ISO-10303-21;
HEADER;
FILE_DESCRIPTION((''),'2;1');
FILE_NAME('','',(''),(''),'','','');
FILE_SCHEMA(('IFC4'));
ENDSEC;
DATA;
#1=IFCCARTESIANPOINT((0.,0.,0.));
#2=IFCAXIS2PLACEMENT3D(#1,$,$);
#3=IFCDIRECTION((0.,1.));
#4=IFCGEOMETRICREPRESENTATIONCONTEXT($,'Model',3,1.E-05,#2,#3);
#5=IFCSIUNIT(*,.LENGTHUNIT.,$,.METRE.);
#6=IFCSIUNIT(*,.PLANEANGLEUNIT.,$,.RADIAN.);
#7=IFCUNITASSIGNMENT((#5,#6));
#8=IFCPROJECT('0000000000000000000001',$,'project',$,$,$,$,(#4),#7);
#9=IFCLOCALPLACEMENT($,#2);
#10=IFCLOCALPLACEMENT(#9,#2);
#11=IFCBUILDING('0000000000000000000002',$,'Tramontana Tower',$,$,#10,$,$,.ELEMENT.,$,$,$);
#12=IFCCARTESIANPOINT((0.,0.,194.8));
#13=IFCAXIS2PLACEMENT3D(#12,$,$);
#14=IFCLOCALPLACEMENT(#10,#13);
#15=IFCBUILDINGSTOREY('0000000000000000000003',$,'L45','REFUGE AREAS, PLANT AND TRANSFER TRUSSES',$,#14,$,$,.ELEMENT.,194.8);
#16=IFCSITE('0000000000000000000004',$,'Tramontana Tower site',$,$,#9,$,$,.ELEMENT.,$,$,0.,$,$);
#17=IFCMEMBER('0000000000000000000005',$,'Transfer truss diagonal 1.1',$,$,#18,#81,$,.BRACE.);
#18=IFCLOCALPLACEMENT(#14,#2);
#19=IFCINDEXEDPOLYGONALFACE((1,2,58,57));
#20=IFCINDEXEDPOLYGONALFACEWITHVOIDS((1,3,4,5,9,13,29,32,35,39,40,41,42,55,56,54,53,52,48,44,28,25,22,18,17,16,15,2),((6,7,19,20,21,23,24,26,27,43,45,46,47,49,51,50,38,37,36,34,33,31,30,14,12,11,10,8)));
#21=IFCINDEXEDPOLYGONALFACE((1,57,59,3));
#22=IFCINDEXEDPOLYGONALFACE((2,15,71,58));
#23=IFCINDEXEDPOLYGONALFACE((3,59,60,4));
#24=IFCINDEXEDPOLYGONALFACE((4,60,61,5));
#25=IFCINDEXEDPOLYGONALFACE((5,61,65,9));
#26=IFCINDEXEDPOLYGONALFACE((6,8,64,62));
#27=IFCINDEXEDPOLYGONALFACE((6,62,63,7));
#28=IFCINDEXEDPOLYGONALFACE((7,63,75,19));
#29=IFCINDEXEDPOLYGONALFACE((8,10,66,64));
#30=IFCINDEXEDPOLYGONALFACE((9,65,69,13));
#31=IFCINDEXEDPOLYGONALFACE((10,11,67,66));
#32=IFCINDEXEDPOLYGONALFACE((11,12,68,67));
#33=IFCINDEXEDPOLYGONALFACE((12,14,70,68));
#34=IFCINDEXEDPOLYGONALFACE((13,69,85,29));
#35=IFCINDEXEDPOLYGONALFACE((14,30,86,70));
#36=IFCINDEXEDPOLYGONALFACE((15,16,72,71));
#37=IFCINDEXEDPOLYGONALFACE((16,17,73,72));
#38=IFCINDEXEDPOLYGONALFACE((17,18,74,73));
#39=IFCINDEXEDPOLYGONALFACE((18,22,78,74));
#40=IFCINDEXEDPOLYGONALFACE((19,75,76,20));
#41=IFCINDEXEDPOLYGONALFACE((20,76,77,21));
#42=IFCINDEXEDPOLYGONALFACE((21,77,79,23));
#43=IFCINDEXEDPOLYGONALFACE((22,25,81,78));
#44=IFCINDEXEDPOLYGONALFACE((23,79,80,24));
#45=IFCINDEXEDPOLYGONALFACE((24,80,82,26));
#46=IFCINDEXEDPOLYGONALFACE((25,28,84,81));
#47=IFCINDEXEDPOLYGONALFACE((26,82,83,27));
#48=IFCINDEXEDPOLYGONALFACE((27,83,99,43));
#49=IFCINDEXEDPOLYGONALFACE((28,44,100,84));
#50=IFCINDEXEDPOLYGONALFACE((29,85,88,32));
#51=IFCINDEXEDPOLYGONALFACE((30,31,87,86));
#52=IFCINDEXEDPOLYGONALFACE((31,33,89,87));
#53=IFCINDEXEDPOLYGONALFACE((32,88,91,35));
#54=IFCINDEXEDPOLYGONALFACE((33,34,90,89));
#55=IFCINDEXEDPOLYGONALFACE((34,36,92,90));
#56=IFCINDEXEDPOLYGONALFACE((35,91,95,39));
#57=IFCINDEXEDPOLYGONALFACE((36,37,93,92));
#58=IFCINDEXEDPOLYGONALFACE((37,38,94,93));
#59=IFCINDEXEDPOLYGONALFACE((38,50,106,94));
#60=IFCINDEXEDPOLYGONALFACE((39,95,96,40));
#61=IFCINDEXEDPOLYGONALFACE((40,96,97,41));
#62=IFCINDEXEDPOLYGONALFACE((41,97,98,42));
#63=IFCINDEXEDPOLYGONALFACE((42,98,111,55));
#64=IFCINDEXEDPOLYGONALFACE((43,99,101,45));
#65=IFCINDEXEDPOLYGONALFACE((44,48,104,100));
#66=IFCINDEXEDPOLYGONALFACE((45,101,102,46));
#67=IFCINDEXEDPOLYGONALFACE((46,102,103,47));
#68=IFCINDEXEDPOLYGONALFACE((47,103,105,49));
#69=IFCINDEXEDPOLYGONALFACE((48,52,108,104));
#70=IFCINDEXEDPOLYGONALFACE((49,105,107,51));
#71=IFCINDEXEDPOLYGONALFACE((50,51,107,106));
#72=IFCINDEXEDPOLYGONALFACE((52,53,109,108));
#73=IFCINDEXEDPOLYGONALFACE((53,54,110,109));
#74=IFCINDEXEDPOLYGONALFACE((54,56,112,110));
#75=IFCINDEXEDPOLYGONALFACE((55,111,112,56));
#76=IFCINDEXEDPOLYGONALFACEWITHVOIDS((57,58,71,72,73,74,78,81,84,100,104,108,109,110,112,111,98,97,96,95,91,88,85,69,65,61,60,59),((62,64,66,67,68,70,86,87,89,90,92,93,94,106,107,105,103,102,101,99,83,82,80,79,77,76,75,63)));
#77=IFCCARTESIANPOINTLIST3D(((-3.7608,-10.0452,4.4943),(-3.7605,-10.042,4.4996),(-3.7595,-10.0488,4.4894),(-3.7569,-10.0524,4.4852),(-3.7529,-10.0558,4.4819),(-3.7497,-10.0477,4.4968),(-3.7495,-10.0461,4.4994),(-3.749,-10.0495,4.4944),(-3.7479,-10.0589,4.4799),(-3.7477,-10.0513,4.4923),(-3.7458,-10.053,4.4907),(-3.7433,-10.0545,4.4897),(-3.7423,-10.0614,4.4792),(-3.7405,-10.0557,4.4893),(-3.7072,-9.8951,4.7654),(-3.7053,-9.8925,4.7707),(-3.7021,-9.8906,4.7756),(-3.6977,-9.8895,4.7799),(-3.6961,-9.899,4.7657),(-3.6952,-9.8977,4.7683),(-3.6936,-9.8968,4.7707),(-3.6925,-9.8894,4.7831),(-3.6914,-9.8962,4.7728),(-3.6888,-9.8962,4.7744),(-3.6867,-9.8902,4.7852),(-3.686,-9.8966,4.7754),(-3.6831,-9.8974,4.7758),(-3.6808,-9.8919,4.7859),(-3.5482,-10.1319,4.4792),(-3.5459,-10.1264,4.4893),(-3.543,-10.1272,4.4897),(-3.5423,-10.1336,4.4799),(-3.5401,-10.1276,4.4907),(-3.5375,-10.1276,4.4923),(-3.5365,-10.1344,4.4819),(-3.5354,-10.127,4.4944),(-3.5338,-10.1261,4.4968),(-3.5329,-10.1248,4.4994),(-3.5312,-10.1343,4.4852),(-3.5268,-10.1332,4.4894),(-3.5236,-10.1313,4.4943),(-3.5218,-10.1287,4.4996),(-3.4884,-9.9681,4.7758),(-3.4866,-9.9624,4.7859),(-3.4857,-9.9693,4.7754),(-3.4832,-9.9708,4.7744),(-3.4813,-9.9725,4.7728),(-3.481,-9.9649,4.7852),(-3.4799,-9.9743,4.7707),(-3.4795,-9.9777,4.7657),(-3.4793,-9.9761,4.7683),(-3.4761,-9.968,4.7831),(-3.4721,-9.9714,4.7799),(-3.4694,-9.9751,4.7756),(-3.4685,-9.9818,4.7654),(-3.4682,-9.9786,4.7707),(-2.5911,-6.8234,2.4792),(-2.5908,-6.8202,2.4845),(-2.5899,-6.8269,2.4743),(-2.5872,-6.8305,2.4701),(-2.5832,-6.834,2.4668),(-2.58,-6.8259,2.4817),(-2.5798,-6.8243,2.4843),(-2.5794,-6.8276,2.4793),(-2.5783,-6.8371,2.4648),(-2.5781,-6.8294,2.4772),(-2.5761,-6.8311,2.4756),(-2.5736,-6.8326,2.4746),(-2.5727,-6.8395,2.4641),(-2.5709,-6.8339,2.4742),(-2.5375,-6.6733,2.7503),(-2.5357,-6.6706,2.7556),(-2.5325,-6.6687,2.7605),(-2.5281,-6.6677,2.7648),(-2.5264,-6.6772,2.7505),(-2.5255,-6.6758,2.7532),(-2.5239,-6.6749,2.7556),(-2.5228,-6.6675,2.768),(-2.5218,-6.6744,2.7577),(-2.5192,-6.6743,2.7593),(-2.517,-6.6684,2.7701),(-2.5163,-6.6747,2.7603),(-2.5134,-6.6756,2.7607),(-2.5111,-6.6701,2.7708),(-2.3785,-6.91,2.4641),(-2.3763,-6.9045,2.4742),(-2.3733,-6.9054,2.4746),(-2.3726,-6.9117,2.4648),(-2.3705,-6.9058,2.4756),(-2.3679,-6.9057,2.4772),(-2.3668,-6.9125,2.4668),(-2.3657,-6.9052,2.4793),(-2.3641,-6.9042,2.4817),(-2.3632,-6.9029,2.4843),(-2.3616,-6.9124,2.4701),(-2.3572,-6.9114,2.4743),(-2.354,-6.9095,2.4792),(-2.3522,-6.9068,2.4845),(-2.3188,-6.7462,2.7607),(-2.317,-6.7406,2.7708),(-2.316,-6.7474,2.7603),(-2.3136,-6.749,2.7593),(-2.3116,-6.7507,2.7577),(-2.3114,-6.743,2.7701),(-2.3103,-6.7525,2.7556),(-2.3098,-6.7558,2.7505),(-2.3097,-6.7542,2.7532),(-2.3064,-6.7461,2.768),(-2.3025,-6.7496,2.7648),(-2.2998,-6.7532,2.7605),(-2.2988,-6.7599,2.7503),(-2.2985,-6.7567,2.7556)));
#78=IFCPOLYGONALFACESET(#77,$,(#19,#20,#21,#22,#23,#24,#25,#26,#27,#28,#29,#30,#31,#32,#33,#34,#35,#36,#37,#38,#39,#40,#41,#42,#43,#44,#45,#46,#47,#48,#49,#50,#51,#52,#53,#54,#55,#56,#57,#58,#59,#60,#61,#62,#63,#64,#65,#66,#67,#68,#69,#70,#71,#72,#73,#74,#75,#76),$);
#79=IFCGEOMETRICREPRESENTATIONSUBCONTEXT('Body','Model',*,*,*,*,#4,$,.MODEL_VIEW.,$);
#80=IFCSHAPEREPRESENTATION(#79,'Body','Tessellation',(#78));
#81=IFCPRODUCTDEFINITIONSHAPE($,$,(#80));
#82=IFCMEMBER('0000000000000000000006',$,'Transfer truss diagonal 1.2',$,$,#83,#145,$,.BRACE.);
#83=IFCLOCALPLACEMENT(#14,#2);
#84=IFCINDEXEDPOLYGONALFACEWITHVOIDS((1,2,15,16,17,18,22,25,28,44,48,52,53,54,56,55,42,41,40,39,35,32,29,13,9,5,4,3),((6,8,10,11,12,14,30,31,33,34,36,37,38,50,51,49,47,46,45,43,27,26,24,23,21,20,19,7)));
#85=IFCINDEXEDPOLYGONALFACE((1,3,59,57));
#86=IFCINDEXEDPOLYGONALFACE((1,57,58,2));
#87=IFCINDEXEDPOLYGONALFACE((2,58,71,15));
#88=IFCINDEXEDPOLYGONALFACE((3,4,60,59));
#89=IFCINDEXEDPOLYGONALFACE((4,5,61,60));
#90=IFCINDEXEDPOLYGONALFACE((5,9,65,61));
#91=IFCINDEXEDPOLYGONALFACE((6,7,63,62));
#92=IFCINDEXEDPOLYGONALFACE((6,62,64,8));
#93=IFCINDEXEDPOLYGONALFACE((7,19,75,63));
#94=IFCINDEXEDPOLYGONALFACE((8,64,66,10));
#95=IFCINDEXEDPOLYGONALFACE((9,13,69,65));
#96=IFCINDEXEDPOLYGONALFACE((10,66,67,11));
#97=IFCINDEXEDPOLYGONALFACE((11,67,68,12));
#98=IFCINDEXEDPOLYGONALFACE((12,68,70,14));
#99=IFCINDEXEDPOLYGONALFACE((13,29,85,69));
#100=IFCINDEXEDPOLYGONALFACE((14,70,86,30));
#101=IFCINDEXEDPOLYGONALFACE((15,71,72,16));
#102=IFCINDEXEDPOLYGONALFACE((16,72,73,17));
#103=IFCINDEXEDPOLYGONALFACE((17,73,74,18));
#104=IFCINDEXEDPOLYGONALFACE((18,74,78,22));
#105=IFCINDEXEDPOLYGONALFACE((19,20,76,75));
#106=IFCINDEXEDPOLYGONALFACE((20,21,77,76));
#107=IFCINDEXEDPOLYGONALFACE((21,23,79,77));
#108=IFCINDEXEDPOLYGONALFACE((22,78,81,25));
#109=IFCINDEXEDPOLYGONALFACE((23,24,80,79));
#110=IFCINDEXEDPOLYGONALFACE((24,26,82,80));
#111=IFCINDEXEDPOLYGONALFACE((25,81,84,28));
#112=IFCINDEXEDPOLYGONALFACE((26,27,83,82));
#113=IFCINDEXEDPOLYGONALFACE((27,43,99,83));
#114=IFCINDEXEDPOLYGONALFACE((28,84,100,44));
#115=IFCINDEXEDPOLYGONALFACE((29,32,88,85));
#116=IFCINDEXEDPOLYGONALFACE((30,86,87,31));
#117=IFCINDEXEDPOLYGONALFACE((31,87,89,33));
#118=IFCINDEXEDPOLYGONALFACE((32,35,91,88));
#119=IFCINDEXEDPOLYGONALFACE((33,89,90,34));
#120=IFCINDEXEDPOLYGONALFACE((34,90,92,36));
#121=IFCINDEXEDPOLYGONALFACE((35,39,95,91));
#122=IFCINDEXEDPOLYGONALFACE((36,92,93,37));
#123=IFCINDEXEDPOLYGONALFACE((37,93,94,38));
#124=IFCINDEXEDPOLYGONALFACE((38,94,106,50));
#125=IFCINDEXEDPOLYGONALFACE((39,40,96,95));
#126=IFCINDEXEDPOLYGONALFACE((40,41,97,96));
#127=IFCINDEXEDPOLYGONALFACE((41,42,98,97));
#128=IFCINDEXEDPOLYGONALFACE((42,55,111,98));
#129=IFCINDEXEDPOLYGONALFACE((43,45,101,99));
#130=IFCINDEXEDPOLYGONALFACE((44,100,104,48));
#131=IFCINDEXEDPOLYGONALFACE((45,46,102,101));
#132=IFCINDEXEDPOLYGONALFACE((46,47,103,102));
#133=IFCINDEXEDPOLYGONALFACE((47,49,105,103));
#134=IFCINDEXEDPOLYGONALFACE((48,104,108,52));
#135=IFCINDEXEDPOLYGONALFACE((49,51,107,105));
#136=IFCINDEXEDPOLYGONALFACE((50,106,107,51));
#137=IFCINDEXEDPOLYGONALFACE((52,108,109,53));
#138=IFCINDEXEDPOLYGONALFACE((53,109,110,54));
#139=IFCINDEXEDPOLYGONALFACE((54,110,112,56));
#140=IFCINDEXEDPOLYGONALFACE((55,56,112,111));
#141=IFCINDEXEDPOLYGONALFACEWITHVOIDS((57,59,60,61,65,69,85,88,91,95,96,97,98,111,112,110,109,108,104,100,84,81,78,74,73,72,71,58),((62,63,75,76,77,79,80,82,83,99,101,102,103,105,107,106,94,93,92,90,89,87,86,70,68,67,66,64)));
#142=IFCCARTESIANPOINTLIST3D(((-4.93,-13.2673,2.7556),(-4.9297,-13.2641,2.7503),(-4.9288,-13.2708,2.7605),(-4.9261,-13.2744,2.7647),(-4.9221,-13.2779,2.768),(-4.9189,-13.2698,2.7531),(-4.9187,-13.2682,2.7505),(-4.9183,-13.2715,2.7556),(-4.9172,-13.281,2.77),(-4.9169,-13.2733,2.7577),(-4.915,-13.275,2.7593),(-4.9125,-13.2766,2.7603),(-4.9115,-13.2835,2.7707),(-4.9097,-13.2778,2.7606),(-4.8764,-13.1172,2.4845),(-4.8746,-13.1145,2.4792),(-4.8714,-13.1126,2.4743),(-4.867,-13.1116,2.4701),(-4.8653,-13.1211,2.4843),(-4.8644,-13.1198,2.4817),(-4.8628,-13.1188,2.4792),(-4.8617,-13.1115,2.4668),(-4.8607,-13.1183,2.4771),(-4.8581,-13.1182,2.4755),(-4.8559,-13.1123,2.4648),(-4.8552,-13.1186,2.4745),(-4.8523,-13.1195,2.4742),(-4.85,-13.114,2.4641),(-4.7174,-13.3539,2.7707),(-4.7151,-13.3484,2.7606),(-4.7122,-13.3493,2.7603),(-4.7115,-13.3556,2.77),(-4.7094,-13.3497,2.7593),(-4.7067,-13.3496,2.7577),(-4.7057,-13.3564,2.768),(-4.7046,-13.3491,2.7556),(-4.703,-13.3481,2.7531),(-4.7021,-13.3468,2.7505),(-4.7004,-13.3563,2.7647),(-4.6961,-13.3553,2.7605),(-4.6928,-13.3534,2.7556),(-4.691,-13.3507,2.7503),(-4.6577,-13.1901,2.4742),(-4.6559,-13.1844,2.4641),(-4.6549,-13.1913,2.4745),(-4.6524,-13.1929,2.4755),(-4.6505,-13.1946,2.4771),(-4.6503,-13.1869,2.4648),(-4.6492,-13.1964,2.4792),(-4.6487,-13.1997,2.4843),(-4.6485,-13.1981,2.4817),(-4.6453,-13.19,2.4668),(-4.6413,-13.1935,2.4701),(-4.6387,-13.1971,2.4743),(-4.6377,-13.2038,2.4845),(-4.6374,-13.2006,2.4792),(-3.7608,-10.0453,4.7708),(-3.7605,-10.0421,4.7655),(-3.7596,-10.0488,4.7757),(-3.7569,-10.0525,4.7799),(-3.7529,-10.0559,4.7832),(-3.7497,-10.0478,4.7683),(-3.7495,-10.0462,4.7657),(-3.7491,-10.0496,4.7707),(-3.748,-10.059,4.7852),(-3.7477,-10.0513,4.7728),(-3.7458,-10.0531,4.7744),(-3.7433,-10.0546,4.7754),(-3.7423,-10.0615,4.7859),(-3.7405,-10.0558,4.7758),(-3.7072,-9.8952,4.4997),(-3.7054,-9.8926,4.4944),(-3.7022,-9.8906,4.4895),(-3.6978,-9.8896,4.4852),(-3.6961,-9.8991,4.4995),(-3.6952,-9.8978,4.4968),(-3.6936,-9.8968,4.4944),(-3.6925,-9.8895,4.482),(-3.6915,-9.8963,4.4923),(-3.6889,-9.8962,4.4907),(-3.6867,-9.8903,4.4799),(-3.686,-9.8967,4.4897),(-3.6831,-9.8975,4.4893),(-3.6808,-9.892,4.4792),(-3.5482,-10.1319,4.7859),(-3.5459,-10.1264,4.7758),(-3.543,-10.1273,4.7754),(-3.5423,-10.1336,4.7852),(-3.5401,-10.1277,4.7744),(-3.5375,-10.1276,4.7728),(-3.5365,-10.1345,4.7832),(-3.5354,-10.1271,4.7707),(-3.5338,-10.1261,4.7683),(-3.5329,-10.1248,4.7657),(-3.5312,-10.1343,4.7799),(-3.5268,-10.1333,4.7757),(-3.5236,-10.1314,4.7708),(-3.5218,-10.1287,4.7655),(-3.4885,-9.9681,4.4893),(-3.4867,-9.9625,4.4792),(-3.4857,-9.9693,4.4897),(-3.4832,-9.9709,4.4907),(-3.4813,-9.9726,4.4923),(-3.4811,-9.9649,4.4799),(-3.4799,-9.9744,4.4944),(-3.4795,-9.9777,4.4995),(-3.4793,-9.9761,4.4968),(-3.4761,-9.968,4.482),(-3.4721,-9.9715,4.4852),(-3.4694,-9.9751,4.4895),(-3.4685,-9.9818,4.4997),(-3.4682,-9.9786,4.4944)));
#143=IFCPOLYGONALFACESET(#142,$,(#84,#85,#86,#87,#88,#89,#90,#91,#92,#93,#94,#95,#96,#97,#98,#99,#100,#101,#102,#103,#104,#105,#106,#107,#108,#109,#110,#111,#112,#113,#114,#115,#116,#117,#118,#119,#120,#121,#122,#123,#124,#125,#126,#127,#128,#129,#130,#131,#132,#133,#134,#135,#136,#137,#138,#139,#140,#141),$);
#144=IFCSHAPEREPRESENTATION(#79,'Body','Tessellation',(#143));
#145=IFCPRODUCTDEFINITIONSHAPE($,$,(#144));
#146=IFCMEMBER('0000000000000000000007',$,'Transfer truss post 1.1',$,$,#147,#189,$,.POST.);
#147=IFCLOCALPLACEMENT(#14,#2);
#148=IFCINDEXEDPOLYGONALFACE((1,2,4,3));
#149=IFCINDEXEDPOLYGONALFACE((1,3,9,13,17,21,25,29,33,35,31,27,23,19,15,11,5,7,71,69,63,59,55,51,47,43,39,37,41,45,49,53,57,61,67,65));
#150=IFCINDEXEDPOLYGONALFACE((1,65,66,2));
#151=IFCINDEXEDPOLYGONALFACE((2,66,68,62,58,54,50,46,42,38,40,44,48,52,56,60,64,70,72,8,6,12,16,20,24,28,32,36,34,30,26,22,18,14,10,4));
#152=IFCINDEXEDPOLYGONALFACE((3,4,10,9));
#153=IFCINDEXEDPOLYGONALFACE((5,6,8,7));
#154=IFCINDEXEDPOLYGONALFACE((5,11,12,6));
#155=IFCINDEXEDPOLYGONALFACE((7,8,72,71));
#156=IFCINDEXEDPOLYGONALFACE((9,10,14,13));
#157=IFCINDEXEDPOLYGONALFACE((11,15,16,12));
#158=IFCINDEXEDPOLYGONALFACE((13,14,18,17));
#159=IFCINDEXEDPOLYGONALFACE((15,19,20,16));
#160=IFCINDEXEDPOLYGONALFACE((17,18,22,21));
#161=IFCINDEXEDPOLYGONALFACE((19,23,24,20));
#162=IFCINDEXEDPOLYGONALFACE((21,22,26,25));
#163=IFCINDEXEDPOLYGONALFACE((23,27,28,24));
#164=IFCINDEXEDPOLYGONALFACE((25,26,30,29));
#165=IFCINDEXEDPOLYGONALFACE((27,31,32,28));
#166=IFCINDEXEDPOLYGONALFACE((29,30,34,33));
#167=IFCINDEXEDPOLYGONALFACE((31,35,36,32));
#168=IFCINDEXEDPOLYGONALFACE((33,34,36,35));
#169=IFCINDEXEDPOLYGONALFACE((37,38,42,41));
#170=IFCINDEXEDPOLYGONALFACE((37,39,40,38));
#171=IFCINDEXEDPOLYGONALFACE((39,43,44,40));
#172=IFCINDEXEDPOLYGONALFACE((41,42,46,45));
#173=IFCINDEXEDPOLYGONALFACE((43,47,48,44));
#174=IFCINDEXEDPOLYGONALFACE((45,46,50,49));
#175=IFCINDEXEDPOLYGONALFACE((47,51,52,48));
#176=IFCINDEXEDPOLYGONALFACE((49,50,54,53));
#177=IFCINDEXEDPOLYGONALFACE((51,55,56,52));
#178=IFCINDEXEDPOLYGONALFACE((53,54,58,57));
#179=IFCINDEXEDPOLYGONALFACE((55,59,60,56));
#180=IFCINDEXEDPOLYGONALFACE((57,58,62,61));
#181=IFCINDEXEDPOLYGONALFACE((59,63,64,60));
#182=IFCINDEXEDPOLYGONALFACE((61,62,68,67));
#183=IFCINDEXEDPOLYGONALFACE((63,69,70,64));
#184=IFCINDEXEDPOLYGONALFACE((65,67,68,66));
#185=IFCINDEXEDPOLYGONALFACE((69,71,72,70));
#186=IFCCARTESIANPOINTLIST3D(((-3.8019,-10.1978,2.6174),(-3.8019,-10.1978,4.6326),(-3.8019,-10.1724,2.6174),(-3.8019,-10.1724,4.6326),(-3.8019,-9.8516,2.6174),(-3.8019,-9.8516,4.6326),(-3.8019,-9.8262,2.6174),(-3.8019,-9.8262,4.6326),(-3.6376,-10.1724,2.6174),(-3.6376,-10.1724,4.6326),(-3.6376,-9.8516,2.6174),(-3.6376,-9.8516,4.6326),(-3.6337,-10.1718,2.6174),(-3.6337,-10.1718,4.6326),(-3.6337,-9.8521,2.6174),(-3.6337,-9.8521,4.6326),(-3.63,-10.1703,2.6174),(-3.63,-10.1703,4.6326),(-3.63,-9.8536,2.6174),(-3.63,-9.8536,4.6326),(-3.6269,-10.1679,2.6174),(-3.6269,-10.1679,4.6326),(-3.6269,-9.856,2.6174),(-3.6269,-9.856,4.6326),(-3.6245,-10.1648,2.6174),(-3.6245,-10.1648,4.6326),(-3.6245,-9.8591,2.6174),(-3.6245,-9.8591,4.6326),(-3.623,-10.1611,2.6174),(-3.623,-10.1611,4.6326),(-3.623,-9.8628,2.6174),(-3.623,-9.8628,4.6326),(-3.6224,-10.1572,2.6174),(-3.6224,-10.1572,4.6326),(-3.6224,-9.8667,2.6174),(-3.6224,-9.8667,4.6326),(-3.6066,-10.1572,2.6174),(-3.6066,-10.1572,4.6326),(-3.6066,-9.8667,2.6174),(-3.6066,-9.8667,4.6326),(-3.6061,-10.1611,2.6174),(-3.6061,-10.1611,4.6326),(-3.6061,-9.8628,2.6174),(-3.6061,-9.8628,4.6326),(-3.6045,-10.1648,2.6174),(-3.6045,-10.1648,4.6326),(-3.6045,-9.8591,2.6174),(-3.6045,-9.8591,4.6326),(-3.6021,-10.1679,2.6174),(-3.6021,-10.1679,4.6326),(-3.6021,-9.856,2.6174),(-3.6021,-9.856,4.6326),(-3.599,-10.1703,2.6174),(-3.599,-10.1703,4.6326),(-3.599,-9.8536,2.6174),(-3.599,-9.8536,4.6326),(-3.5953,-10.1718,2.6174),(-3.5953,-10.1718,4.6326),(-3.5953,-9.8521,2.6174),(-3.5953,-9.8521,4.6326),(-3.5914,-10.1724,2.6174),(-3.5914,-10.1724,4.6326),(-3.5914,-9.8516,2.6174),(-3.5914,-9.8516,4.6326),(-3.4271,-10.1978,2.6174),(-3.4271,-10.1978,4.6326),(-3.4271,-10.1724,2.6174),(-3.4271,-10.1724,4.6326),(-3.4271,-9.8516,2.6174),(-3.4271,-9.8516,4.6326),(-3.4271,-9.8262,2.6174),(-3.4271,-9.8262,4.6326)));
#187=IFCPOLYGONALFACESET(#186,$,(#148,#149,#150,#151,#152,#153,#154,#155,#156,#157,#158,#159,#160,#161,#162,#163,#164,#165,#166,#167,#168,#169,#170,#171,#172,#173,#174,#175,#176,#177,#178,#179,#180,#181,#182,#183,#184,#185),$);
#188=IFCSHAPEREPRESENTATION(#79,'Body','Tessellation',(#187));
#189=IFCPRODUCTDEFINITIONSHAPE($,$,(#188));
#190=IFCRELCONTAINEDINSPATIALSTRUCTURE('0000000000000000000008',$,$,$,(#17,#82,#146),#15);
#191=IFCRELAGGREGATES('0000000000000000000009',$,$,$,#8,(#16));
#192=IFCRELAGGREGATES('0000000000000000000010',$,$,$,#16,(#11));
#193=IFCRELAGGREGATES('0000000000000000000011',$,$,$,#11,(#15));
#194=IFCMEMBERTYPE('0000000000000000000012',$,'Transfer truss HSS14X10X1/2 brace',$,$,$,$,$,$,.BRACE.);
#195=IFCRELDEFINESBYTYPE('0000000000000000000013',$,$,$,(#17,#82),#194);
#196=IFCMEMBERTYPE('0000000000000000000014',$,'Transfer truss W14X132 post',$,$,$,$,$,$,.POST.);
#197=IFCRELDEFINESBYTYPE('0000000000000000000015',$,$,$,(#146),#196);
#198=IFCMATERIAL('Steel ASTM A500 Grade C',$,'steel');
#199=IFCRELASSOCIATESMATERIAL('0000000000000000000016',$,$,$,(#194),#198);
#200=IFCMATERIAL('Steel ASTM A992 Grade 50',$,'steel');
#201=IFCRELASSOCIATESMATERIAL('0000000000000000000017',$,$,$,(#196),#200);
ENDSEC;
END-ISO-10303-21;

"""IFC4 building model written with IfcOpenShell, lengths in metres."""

from ifc_helpers import new_model, si_unit, direction, frame, origin, origin_2d, place, context, subcontext, project, spatial, hollow_rectangle, i_section, extrude, material, material_profile, profile_set, type_object, element, save


model = new_model("IFC4")

# Units and contexts
model_context = context("Model", 3, precision=1e-05, world=origin(), true_north=direction((0.0, 1.0)))
body_context = subcontext(model_context, "Body", "Model", "MODEL_VIEW")
ifc_project = project(units=[si_unit("LENGTHUNIT", "METRE"), si_unit("PLANEANGLEUNIT", "RADIAN")], contexts=[model_context])

# Site, building, storey
site_placement = place(None, origin())
site = spatial("IfcSite", under=ifc_project, at=site_placement, Name="Tramontana Tower site", CompositionType="ELEMENT", RefElevation=0.0)
building_placement = place(site_placement, origin())
building = spatial("IfcBuilding", under=site, at=building_placement, Name="Tramontana Tower", CompositionType="ELEMENT")
storey_placement = place(building_placement, frame((0.0, 0.0, 194.8)))
storey = spatial("IfcBuildingStorey", under=building, at=storey_placement, Name="L45", Description="REFUGE AREAS, PLANT AND TRANSFER TRUSSES", CompositionType="ELEMENT", Elevation=194.8)

# Members
ifc_material_1 = material(Name="Steel ASTM A500 Grade C", Category="steel")
ifc_material_profile_1 = material_profile(ifc_material_1, hollow_rectangle(XDim=0.2539, YDim=0.3557, WallThickness=0.0117, InnerFilletRadius=0.0117, OuterFilletRadius=0.0237, at=origin_2d()), Name="HSS14X10X1/2")
ifc_profile_set_1 = profile_set([ifc_material_profile_1], Name="Steel ASTM A500 Grade C")
member_type_1 = type_object("IfcMemberType", Name="Transfer truss HSS14X10X1/2 brace", PredefinedType="BRACE", material=ifc_profile_set_1)
for number, where, z_axis, x_axis, name in (
    (1, (-2.4448, -6.79, 2.6174), (-0.294174, -0.810314, 0.506807), (0.939974, -0.341245, 0.0), "Transfer truss diagonal 1.1"),
    (2, (-3.6145, -10.012, 4.6326), (-0.294062, -0.810343, -0.506825), (0.94002, -0.34112, 0.0), "Transfer truss diagonal 1.2"),
):
    element("IfcMember", number, at=place(storey_placement, frame(where, z_axis=z_axis, x_axis=x_axis)), inside=storey, type_object=member_type_1, Name=name, PredefinedType="BRACE", context=body_context, shape_type="SweptSolid", body=[
        extrude(hollow_rectangle(XDim=0.2539, YDim=0.3557, WallThickness=0.0117, InnerFilletRadius=0.0117, OuterFilletRadius=0.0237, at=origin_2d()), origin(), (0.0, 0.0, 1.0), 3.9761),
    ])
ifc_material_2 = material(Name="Steel ASTM A992 Grade 50", Category="steel")
ifc_material_profile_2 = material_profile(ifc_material_2, i_section(OverallWidth=0.3748, OverallDepth=0.3716, WebThickness=0.0159, FlangeThickness=0.0254, FilletRadius=0.0151, at=origin_2d()), Name="W14X132")
ifc_profile_set_2 = profile_set([ifc_material_profile_2], Name="Steel ASTM A992 Grade 50")
member_type_2 = type_object("IfcMemberType", Name="Transfer truss W14X132 post", PredefinedType="POST", material=ifc_profile_set_2)
member_placement = place(storey_placement, frame((-3.6145, -10.012, 2.6174), z_axis=(0.0, 0.0, 1.0), x_axis=(1.0, 0.0, 0.0)))
element("IfcMember", 3, at=member_placement, inside=storey, type_object=member_type_2, Name="Transfer truss post 1.1", PredefinedType="POST", context=body_context, shape_type="SweptSolid", body=[
    extrude(i_section(OverallWidth=0.3748, OverallDepth=0.3716, WebThickness=0.0159, FlangeThickness=0.0254, FilletRadius=0.0151, at=origin_2d()), origin(), (0.0, 0.0, 1.0), 2.0151),
])

save(model, "model.ifc")
